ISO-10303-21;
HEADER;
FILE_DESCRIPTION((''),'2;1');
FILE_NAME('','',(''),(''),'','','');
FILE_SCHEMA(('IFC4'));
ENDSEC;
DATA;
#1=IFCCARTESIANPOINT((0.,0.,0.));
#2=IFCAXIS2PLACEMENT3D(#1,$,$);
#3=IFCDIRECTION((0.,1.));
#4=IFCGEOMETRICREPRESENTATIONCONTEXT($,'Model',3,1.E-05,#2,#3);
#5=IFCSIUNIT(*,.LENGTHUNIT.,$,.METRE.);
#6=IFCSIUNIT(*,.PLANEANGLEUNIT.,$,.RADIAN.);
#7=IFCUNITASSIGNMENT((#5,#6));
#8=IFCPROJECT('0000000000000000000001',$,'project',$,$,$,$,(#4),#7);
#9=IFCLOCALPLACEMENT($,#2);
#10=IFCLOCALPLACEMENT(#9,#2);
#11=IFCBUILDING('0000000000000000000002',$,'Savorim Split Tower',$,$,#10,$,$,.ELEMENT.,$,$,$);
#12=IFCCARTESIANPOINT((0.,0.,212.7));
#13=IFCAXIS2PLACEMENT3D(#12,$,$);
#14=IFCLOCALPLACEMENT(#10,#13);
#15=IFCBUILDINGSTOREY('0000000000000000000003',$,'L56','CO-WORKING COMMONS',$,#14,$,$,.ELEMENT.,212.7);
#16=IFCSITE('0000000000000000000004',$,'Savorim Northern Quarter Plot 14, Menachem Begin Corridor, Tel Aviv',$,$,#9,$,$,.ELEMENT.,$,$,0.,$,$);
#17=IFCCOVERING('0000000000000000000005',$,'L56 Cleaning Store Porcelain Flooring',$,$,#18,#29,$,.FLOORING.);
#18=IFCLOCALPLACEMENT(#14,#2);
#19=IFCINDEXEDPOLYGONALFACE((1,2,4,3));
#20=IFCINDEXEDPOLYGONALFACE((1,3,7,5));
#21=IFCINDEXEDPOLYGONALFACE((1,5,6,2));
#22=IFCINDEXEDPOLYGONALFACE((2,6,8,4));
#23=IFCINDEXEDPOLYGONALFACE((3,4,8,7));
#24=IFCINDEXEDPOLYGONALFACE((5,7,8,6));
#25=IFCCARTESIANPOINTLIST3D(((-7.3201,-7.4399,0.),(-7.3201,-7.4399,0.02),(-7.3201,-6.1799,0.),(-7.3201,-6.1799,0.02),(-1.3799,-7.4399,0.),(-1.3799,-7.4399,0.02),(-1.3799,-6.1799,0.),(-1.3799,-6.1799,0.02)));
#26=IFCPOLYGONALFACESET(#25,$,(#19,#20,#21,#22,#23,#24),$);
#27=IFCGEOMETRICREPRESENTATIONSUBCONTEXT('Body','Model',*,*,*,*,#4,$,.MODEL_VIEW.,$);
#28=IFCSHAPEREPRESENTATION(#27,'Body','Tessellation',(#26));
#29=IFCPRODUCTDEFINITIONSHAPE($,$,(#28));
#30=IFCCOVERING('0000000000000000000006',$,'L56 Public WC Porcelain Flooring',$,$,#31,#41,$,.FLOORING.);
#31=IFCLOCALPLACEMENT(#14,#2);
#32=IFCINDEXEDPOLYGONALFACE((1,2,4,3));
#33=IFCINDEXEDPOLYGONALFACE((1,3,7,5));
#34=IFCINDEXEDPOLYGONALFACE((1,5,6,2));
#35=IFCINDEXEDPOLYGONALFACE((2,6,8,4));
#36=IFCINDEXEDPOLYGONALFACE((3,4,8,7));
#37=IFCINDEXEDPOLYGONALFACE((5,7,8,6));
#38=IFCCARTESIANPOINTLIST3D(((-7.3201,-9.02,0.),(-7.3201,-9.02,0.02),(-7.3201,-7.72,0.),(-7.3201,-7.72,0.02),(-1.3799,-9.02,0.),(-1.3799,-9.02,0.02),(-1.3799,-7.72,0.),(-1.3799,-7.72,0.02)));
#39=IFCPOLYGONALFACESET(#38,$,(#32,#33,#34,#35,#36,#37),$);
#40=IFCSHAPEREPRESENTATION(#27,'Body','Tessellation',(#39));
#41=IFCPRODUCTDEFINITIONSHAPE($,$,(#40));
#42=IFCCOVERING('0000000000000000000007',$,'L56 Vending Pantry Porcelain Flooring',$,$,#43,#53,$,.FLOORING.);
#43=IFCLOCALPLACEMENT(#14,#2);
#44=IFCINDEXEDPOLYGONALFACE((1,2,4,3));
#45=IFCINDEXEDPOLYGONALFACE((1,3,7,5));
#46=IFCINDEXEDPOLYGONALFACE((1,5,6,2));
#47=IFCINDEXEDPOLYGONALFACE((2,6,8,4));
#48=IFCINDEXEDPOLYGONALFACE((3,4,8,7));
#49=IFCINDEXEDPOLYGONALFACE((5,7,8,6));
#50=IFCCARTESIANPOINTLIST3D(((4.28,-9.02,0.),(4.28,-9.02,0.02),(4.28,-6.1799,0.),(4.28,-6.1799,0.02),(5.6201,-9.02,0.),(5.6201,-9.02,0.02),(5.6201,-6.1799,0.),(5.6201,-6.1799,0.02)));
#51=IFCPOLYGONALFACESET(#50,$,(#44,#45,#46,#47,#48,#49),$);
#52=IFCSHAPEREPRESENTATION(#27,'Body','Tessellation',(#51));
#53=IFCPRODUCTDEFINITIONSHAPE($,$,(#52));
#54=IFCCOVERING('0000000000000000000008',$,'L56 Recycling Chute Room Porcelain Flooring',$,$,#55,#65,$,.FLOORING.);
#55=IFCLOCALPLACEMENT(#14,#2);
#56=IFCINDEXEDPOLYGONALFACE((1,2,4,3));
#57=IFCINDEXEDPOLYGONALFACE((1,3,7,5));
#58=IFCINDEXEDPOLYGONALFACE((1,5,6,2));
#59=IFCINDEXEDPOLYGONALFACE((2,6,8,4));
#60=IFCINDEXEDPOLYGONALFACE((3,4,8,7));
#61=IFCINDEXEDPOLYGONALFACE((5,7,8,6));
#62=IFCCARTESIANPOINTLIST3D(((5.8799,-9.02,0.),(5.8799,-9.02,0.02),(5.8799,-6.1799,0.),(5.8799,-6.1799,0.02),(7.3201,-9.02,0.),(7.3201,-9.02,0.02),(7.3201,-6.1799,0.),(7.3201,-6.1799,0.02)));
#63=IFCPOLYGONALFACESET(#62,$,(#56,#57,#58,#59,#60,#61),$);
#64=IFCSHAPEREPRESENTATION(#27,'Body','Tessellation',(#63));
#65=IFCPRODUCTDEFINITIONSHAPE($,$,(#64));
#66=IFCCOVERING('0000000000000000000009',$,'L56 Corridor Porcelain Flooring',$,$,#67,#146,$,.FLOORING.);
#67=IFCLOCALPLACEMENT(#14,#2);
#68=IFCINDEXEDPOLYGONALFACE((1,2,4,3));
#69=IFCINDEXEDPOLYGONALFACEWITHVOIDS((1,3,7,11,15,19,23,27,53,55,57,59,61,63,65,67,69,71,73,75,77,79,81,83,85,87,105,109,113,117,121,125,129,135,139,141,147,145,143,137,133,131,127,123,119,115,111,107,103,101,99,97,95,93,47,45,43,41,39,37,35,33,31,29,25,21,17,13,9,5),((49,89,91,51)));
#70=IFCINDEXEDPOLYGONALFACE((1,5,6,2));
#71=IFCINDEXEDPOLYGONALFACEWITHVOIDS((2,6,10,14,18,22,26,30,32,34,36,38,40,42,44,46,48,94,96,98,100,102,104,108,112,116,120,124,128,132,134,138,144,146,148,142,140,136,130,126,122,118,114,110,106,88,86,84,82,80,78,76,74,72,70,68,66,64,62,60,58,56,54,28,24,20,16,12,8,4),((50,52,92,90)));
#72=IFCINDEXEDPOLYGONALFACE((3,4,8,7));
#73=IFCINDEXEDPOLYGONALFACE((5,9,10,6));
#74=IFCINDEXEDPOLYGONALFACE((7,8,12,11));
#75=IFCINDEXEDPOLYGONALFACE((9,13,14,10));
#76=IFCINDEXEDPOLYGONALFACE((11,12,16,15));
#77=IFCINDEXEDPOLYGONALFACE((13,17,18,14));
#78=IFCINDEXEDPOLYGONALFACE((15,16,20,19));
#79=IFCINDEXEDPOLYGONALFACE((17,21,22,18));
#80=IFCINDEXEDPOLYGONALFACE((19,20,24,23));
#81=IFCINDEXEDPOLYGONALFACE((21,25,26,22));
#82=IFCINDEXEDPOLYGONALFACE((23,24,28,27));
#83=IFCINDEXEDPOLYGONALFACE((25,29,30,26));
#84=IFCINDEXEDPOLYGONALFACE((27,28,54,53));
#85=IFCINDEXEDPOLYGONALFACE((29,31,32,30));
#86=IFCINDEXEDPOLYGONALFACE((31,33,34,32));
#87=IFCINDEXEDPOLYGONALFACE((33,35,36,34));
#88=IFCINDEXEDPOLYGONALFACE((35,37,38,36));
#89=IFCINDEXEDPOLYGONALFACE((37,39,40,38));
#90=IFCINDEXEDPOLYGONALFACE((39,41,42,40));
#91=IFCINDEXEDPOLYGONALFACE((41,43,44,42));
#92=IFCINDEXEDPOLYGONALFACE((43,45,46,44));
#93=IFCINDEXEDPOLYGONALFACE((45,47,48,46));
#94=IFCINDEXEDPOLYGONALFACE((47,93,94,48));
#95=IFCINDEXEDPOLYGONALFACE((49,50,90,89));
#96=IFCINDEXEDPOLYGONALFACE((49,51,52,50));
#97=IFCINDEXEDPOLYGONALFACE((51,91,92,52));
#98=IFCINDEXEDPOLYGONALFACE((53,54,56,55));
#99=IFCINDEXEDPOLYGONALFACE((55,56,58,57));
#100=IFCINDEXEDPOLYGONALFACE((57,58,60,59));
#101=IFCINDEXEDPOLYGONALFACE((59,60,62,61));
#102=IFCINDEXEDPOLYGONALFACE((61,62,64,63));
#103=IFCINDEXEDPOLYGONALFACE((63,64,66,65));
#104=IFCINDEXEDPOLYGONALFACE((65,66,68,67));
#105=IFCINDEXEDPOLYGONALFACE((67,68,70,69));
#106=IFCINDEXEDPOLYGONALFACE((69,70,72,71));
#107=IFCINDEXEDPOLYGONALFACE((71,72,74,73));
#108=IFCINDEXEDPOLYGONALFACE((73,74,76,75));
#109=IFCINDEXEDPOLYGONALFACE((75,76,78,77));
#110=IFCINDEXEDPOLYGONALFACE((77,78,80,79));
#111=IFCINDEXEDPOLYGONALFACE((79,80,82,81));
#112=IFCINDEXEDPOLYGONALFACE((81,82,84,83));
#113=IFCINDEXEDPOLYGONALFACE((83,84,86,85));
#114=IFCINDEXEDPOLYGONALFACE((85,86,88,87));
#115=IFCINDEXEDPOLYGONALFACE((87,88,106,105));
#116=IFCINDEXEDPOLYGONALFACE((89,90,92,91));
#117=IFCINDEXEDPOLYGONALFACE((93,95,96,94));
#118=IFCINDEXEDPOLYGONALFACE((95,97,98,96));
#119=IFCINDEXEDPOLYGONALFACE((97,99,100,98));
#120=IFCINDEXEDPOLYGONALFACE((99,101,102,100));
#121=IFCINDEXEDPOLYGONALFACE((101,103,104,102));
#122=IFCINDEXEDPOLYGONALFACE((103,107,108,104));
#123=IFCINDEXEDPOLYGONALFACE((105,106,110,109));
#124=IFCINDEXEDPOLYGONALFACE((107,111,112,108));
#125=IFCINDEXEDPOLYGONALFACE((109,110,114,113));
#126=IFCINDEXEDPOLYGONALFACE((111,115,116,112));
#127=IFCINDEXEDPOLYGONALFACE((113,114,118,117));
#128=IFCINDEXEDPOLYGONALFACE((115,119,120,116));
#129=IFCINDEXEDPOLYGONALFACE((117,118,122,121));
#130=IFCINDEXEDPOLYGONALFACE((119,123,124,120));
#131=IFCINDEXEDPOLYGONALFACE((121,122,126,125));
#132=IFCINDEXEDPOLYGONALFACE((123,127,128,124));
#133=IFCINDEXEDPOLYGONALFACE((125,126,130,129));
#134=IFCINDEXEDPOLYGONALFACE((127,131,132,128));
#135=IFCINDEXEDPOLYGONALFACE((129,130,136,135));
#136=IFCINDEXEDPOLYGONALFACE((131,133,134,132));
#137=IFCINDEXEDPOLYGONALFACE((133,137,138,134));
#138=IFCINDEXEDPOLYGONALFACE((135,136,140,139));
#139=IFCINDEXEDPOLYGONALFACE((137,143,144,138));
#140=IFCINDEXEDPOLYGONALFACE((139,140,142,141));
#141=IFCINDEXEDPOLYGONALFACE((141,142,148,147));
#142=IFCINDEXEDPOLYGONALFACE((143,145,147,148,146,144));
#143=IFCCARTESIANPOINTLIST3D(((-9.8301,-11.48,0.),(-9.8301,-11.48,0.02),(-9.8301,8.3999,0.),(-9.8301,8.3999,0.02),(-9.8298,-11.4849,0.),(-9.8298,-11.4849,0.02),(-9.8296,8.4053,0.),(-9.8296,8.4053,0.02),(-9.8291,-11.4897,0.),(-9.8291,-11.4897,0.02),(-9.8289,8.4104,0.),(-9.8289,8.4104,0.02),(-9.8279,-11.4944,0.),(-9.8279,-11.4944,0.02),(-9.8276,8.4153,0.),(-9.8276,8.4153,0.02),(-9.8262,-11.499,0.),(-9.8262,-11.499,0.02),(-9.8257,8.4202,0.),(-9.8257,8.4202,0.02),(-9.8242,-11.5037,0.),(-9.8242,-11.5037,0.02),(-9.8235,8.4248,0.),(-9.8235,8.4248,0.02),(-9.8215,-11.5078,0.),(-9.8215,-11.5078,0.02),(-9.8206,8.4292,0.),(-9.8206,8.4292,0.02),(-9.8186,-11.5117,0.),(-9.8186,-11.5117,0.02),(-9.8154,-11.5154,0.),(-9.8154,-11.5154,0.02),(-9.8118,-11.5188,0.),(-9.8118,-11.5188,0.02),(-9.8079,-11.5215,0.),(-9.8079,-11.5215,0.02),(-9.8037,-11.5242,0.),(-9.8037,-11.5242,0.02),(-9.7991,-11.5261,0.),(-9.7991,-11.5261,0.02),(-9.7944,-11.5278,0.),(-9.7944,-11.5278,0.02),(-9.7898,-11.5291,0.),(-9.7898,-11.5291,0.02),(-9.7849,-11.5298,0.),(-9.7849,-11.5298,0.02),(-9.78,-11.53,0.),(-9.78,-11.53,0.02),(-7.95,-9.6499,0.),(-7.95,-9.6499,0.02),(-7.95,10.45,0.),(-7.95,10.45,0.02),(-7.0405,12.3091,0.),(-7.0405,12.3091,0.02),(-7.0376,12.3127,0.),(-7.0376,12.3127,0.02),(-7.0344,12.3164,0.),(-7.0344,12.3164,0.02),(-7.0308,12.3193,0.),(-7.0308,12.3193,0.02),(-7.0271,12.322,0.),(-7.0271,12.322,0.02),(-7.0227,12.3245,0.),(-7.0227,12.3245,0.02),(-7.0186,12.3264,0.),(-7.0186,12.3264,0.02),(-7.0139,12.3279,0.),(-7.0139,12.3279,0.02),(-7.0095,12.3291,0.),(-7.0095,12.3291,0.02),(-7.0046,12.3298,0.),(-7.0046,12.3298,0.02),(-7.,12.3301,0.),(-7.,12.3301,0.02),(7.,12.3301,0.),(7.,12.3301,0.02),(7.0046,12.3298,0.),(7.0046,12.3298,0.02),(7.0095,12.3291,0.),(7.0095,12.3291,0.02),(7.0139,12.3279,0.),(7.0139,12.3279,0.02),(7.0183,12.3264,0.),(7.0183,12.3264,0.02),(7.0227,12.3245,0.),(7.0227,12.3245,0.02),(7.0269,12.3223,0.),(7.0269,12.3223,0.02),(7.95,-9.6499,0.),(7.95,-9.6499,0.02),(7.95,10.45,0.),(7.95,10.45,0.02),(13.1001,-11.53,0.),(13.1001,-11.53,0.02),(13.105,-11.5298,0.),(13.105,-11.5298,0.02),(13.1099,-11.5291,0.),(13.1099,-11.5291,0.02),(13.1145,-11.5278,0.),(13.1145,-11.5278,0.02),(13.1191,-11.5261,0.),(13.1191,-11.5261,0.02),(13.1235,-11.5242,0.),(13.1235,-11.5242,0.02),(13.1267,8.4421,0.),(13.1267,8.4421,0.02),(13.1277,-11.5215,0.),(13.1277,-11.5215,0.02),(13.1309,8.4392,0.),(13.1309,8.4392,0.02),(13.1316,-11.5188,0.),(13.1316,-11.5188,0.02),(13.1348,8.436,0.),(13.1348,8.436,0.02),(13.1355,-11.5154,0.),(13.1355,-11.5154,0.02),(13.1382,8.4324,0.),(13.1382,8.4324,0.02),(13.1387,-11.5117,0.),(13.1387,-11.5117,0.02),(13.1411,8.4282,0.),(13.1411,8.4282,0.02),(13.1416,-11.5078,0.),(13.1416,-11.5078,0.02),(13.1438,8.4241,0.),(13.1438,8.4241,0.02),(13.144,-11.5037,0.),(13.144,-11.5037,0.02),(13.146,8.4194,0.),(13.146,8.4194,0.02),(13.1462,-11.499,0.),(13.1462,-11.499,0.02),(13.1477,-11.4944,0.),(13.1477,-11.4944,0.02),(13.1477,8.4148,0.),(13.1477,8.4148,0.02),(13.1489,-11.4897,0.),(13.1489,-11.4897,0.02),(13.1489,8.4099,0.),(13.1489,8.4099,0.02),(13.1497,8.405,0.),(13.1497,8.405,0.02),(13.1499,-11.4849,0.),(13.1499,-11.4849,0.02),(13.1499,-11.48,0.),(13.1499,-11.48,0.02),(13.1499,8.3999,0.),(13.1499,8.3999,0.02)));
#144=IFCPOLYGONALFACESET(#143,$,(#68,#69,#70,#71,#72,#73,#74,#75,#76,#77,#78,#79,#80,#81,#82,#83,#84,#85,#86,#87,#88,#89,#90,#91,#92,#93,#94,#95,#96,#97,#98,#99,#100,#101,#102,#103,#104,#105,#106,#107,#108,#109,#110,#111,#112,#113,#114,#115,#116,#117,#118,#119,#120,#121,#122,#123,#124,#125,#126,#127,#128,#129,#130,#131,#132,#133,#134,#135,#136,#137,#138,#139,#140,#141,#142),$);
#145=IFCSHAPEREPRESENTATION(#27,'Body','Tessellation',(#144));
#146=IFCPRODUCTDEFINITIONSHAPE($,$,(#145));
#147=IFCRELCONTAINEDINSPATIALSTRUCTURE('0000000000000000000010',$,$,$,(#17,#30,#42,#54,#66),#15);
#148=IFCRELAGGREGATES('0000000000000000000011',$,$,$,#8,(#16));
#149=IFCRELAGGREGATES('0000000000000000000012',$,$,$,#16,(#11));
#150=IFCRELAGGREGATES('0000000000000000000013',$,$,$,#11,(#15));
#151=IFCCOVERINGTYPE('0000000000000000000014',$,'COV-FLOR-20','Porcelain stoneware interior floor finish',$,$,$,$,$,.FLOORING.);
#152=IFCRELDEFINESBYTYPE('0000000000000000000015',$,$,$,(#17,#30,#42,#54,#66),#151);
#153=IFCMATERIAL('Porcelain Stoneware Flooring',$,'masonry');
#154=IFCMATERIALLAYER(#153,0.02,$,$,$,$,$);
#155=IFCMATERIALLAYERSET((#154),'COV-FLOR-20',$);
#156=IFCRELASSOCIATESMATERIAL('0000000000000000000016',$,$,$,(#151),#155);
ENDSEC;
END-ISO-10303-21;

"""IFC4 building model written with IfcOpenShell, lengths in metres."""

from ifc_helpers import new_model, si_unit, direction, frame, origin, place, context, subcontext, project, spatial, polyline, outline, extrude, material, layer, layer_set, type_object, element, save


model = new_model("IFC4")

# Units and contexts
model_context = context("Model", 3, precision=1e-05, world=origin(), true_north=direction((0.0, 1.0)))
body_context = subcontext(model_context, "Body", "Model", "MODEL_VIEW")
ifc_project = project(units=[si_unit("LENGTHUNIT", "METRE"), si_unit("PLANEANGLEUNIT", "RADIAN")], contexts=[model_context])

# Site, building, storey
site_placement = place(None, origin())
site = spatial("IfcSite", under=ifc_project, at=site_placement, Name="Savorim Northern Quarter Plot 14, Menachem Begin Corridor, Tel Aviv", CompositionType="ELEMENT", RefElevation=0.0)
building_placement = place(site_placement, origin())
building = spatial("IfcBuilding", under=site, at=building_placement, Name="Savorim Split Tower", CompositionType="ELEMENT")
storey_placement = place(building_placement, frame((0.0, 0.0, 212.7)))
storey = spatial("IfcBuildingStorey", under=building, at=storey_placement, Name="L56", Description="CO-WORKING COMMONS", CompositionType="ELEMENT", Elevation=212.7)

# Coverings
ifc_material_1 = material(Name="Porcelain Stoneware Flooring", Category="masonry")
ifc_layer_1 = layer(ifc_material_1, 0.02)
ifc_layer_set_1 = layer_set([ifc_layer_1], Name="COV-FLOR-20")
covering_type_1 = type_object("IfcCoveringType", Name="COV-FLOR-20", Description="Porcelain stoneware interior floor finish", PredefinedType="FLOORING", material=ifc_layer_set_1)
covering_1_placement = place(storey_placement, origin())
element("IfcCovering", 1, at=covering_1_placement, inside=storey, type_object=covering_type_1, Name="L56 Cleaning Store Porcelain Flooring", PredefinedType="FLOORING", context=body_context, shape_type="SweptSolid", body=[
    extrude(outline(polyline([(-7.3201, -6.1799), (-7.3201, -7.4399), (-1.3799, -7.4399), (-1.3799, -6.1799), (-7.3201, -6.1799)])), origin(), (0.0, 0.0, 1.0), 0.02),
])
covering_2_placement = place(storey_placement, origin())
element("IfcCovering", 2, at=covering_2_placement, inside=storey, type_object=covering_type_1, Name="L56 Public WC Porcelain Flooring", PredefinedType="FLOORING", context=body_context, shape_type="SweptSolid", body=[
    extrude(outline(polyline([(-7.3201, -7.72), (-7.3201, -9.02), (-1.3799, -9.02), (-1.3799, -7.72), (-7.3201, -7.72)])), origin(), (0.0, 0.0, 1.0), 0.02),
])
covering_3_placement = place(storey_placement, origin())
element("IfcCovering", 3, at=covering_3_placement, inside=storey, type_object=covering_type_1, Name="L56 Vending Pantry Porcelain Flooring", PredefinedType="FLOORING", context=body_context, shape_type="SweptSolid", body=[
    extrude(outline(polyline([(4.28, -6.1799), (4.28, -9.02), (5.6201, -9.02), (5.6201, -6.1799), (4.28, -6.1799)])), origin(), (0.0, 0.0, 1.0), 0.02),
])
covering_4_placement = place(storey_placement, origin())
element("IfcCovering", 4, at=covering_4_placement, inside=storey, type_object=covering_type_1, Name="L56 Recycling Chute Room Porcelain Flooring", PredefinedType="FLOORING", context=body_context, shape_type="SweptSolid", body=[
    extrude(outline(polyline([(5.8799, -6.1799), (5.8799, -9.02), (7.3201, -9.02), (7.3201, -6.1799), (5.8799, -6.1799)])), origin(), (0.0, 0.0, 1.0), 0.02),
])
covering_5_placement = place(storey_placement, origin())
element("IfcCovering", 5, at=covering_5_placement, inside=storey, type_object=covering_type_1, Name="L56 Corridor Porcelain Flooring", PredefinedType="FLOORING", context=body_context, shape_type="SweptSolid", body=[
    extrude(outline(polyline([(7.0095, 12.3291), (7.0046, 12.3298), (7.0, 12.3301), (-7.0, 12.3301), (-7.0046, 12.3298), (-7.0095, 12.3291), (-7.0139, 12.3279), (-7.0186, 12.3264), (-7.0227, 12.3245), (-7.0271, 12.322), (-7.0308, 12.3193), (-7.0344, 12.3164), (-7.0376, 12.3127), (-7.0405, 12.3091), (-9.8206, 8.4292), (-9.8235, 8.4248), (-9.8257, 8.4202), (-9.8276, 8.4153), (-9.8289, 8.4104), (-9.8296, 8.4053), (-9.8301, 8.3999), (-9.8301, -11.48), (-9.8298, -11.4849), (-9.8291, -11.4897), (-9.8279, -11.4944), (-9.8262, -11.499), (-9.8242, -11.5037), (-9.8215, -11.5078), (-9.8186, -11.5117), (-9.8154, -11.5154), (-9.8118, -11.5188), (-9.8079, -11.5215), (-9.8037, -11.5242), (-9.7991, -11.5261), (-9.7944, -11.5278), (-9.7898, -11.5291), (-9.7849, -11.5298), (-9.78, -11.53), (13.1001, -11.53), (13.105, -11.5298), (13.1099, -11.5291), (13.1145, -11.5278), (13.1191, -11.5261), (13.1235, -11.5242), (13.1277, -11.5215), (13.1316, -11.5188), (13.1355, -11.5154), (13.1387, -11.5117), (13.1416, -11.5078), (13.144, -11.5037), (13.1462, -11.499), (13.1477, -11.4944), (13.1489, -11.4897), (13.1499, -11.4849), (13.1499, -11.48), (13.1499, 8.3999), (13.1497, 8.405), (13.1489, 8.4099), (13.1477, 8.4148), (13.146, 8.4194), (13.1438, 8.4241), (13.1411, 8.4282), (13.1382, 8.4324), (13.1348, 8.436), (13.1309, 8.4392), (13.1267, 8.4421), (7.0269, 12.3223), (7.0227, 12.3245), (7.0183, 12.3264), (7.0139, 12.3279), (7.0095, 12.3291)]), holes=[polyline([(-7.95, 10.45), (-7.95, -9.6499), (7.95, -9.6499), (7.95, 10.45), (-7.95, 10.45)])]), origin(), (0.0, 0.0, 1.0), 0.02),
])

save(model, "model.ifc")
